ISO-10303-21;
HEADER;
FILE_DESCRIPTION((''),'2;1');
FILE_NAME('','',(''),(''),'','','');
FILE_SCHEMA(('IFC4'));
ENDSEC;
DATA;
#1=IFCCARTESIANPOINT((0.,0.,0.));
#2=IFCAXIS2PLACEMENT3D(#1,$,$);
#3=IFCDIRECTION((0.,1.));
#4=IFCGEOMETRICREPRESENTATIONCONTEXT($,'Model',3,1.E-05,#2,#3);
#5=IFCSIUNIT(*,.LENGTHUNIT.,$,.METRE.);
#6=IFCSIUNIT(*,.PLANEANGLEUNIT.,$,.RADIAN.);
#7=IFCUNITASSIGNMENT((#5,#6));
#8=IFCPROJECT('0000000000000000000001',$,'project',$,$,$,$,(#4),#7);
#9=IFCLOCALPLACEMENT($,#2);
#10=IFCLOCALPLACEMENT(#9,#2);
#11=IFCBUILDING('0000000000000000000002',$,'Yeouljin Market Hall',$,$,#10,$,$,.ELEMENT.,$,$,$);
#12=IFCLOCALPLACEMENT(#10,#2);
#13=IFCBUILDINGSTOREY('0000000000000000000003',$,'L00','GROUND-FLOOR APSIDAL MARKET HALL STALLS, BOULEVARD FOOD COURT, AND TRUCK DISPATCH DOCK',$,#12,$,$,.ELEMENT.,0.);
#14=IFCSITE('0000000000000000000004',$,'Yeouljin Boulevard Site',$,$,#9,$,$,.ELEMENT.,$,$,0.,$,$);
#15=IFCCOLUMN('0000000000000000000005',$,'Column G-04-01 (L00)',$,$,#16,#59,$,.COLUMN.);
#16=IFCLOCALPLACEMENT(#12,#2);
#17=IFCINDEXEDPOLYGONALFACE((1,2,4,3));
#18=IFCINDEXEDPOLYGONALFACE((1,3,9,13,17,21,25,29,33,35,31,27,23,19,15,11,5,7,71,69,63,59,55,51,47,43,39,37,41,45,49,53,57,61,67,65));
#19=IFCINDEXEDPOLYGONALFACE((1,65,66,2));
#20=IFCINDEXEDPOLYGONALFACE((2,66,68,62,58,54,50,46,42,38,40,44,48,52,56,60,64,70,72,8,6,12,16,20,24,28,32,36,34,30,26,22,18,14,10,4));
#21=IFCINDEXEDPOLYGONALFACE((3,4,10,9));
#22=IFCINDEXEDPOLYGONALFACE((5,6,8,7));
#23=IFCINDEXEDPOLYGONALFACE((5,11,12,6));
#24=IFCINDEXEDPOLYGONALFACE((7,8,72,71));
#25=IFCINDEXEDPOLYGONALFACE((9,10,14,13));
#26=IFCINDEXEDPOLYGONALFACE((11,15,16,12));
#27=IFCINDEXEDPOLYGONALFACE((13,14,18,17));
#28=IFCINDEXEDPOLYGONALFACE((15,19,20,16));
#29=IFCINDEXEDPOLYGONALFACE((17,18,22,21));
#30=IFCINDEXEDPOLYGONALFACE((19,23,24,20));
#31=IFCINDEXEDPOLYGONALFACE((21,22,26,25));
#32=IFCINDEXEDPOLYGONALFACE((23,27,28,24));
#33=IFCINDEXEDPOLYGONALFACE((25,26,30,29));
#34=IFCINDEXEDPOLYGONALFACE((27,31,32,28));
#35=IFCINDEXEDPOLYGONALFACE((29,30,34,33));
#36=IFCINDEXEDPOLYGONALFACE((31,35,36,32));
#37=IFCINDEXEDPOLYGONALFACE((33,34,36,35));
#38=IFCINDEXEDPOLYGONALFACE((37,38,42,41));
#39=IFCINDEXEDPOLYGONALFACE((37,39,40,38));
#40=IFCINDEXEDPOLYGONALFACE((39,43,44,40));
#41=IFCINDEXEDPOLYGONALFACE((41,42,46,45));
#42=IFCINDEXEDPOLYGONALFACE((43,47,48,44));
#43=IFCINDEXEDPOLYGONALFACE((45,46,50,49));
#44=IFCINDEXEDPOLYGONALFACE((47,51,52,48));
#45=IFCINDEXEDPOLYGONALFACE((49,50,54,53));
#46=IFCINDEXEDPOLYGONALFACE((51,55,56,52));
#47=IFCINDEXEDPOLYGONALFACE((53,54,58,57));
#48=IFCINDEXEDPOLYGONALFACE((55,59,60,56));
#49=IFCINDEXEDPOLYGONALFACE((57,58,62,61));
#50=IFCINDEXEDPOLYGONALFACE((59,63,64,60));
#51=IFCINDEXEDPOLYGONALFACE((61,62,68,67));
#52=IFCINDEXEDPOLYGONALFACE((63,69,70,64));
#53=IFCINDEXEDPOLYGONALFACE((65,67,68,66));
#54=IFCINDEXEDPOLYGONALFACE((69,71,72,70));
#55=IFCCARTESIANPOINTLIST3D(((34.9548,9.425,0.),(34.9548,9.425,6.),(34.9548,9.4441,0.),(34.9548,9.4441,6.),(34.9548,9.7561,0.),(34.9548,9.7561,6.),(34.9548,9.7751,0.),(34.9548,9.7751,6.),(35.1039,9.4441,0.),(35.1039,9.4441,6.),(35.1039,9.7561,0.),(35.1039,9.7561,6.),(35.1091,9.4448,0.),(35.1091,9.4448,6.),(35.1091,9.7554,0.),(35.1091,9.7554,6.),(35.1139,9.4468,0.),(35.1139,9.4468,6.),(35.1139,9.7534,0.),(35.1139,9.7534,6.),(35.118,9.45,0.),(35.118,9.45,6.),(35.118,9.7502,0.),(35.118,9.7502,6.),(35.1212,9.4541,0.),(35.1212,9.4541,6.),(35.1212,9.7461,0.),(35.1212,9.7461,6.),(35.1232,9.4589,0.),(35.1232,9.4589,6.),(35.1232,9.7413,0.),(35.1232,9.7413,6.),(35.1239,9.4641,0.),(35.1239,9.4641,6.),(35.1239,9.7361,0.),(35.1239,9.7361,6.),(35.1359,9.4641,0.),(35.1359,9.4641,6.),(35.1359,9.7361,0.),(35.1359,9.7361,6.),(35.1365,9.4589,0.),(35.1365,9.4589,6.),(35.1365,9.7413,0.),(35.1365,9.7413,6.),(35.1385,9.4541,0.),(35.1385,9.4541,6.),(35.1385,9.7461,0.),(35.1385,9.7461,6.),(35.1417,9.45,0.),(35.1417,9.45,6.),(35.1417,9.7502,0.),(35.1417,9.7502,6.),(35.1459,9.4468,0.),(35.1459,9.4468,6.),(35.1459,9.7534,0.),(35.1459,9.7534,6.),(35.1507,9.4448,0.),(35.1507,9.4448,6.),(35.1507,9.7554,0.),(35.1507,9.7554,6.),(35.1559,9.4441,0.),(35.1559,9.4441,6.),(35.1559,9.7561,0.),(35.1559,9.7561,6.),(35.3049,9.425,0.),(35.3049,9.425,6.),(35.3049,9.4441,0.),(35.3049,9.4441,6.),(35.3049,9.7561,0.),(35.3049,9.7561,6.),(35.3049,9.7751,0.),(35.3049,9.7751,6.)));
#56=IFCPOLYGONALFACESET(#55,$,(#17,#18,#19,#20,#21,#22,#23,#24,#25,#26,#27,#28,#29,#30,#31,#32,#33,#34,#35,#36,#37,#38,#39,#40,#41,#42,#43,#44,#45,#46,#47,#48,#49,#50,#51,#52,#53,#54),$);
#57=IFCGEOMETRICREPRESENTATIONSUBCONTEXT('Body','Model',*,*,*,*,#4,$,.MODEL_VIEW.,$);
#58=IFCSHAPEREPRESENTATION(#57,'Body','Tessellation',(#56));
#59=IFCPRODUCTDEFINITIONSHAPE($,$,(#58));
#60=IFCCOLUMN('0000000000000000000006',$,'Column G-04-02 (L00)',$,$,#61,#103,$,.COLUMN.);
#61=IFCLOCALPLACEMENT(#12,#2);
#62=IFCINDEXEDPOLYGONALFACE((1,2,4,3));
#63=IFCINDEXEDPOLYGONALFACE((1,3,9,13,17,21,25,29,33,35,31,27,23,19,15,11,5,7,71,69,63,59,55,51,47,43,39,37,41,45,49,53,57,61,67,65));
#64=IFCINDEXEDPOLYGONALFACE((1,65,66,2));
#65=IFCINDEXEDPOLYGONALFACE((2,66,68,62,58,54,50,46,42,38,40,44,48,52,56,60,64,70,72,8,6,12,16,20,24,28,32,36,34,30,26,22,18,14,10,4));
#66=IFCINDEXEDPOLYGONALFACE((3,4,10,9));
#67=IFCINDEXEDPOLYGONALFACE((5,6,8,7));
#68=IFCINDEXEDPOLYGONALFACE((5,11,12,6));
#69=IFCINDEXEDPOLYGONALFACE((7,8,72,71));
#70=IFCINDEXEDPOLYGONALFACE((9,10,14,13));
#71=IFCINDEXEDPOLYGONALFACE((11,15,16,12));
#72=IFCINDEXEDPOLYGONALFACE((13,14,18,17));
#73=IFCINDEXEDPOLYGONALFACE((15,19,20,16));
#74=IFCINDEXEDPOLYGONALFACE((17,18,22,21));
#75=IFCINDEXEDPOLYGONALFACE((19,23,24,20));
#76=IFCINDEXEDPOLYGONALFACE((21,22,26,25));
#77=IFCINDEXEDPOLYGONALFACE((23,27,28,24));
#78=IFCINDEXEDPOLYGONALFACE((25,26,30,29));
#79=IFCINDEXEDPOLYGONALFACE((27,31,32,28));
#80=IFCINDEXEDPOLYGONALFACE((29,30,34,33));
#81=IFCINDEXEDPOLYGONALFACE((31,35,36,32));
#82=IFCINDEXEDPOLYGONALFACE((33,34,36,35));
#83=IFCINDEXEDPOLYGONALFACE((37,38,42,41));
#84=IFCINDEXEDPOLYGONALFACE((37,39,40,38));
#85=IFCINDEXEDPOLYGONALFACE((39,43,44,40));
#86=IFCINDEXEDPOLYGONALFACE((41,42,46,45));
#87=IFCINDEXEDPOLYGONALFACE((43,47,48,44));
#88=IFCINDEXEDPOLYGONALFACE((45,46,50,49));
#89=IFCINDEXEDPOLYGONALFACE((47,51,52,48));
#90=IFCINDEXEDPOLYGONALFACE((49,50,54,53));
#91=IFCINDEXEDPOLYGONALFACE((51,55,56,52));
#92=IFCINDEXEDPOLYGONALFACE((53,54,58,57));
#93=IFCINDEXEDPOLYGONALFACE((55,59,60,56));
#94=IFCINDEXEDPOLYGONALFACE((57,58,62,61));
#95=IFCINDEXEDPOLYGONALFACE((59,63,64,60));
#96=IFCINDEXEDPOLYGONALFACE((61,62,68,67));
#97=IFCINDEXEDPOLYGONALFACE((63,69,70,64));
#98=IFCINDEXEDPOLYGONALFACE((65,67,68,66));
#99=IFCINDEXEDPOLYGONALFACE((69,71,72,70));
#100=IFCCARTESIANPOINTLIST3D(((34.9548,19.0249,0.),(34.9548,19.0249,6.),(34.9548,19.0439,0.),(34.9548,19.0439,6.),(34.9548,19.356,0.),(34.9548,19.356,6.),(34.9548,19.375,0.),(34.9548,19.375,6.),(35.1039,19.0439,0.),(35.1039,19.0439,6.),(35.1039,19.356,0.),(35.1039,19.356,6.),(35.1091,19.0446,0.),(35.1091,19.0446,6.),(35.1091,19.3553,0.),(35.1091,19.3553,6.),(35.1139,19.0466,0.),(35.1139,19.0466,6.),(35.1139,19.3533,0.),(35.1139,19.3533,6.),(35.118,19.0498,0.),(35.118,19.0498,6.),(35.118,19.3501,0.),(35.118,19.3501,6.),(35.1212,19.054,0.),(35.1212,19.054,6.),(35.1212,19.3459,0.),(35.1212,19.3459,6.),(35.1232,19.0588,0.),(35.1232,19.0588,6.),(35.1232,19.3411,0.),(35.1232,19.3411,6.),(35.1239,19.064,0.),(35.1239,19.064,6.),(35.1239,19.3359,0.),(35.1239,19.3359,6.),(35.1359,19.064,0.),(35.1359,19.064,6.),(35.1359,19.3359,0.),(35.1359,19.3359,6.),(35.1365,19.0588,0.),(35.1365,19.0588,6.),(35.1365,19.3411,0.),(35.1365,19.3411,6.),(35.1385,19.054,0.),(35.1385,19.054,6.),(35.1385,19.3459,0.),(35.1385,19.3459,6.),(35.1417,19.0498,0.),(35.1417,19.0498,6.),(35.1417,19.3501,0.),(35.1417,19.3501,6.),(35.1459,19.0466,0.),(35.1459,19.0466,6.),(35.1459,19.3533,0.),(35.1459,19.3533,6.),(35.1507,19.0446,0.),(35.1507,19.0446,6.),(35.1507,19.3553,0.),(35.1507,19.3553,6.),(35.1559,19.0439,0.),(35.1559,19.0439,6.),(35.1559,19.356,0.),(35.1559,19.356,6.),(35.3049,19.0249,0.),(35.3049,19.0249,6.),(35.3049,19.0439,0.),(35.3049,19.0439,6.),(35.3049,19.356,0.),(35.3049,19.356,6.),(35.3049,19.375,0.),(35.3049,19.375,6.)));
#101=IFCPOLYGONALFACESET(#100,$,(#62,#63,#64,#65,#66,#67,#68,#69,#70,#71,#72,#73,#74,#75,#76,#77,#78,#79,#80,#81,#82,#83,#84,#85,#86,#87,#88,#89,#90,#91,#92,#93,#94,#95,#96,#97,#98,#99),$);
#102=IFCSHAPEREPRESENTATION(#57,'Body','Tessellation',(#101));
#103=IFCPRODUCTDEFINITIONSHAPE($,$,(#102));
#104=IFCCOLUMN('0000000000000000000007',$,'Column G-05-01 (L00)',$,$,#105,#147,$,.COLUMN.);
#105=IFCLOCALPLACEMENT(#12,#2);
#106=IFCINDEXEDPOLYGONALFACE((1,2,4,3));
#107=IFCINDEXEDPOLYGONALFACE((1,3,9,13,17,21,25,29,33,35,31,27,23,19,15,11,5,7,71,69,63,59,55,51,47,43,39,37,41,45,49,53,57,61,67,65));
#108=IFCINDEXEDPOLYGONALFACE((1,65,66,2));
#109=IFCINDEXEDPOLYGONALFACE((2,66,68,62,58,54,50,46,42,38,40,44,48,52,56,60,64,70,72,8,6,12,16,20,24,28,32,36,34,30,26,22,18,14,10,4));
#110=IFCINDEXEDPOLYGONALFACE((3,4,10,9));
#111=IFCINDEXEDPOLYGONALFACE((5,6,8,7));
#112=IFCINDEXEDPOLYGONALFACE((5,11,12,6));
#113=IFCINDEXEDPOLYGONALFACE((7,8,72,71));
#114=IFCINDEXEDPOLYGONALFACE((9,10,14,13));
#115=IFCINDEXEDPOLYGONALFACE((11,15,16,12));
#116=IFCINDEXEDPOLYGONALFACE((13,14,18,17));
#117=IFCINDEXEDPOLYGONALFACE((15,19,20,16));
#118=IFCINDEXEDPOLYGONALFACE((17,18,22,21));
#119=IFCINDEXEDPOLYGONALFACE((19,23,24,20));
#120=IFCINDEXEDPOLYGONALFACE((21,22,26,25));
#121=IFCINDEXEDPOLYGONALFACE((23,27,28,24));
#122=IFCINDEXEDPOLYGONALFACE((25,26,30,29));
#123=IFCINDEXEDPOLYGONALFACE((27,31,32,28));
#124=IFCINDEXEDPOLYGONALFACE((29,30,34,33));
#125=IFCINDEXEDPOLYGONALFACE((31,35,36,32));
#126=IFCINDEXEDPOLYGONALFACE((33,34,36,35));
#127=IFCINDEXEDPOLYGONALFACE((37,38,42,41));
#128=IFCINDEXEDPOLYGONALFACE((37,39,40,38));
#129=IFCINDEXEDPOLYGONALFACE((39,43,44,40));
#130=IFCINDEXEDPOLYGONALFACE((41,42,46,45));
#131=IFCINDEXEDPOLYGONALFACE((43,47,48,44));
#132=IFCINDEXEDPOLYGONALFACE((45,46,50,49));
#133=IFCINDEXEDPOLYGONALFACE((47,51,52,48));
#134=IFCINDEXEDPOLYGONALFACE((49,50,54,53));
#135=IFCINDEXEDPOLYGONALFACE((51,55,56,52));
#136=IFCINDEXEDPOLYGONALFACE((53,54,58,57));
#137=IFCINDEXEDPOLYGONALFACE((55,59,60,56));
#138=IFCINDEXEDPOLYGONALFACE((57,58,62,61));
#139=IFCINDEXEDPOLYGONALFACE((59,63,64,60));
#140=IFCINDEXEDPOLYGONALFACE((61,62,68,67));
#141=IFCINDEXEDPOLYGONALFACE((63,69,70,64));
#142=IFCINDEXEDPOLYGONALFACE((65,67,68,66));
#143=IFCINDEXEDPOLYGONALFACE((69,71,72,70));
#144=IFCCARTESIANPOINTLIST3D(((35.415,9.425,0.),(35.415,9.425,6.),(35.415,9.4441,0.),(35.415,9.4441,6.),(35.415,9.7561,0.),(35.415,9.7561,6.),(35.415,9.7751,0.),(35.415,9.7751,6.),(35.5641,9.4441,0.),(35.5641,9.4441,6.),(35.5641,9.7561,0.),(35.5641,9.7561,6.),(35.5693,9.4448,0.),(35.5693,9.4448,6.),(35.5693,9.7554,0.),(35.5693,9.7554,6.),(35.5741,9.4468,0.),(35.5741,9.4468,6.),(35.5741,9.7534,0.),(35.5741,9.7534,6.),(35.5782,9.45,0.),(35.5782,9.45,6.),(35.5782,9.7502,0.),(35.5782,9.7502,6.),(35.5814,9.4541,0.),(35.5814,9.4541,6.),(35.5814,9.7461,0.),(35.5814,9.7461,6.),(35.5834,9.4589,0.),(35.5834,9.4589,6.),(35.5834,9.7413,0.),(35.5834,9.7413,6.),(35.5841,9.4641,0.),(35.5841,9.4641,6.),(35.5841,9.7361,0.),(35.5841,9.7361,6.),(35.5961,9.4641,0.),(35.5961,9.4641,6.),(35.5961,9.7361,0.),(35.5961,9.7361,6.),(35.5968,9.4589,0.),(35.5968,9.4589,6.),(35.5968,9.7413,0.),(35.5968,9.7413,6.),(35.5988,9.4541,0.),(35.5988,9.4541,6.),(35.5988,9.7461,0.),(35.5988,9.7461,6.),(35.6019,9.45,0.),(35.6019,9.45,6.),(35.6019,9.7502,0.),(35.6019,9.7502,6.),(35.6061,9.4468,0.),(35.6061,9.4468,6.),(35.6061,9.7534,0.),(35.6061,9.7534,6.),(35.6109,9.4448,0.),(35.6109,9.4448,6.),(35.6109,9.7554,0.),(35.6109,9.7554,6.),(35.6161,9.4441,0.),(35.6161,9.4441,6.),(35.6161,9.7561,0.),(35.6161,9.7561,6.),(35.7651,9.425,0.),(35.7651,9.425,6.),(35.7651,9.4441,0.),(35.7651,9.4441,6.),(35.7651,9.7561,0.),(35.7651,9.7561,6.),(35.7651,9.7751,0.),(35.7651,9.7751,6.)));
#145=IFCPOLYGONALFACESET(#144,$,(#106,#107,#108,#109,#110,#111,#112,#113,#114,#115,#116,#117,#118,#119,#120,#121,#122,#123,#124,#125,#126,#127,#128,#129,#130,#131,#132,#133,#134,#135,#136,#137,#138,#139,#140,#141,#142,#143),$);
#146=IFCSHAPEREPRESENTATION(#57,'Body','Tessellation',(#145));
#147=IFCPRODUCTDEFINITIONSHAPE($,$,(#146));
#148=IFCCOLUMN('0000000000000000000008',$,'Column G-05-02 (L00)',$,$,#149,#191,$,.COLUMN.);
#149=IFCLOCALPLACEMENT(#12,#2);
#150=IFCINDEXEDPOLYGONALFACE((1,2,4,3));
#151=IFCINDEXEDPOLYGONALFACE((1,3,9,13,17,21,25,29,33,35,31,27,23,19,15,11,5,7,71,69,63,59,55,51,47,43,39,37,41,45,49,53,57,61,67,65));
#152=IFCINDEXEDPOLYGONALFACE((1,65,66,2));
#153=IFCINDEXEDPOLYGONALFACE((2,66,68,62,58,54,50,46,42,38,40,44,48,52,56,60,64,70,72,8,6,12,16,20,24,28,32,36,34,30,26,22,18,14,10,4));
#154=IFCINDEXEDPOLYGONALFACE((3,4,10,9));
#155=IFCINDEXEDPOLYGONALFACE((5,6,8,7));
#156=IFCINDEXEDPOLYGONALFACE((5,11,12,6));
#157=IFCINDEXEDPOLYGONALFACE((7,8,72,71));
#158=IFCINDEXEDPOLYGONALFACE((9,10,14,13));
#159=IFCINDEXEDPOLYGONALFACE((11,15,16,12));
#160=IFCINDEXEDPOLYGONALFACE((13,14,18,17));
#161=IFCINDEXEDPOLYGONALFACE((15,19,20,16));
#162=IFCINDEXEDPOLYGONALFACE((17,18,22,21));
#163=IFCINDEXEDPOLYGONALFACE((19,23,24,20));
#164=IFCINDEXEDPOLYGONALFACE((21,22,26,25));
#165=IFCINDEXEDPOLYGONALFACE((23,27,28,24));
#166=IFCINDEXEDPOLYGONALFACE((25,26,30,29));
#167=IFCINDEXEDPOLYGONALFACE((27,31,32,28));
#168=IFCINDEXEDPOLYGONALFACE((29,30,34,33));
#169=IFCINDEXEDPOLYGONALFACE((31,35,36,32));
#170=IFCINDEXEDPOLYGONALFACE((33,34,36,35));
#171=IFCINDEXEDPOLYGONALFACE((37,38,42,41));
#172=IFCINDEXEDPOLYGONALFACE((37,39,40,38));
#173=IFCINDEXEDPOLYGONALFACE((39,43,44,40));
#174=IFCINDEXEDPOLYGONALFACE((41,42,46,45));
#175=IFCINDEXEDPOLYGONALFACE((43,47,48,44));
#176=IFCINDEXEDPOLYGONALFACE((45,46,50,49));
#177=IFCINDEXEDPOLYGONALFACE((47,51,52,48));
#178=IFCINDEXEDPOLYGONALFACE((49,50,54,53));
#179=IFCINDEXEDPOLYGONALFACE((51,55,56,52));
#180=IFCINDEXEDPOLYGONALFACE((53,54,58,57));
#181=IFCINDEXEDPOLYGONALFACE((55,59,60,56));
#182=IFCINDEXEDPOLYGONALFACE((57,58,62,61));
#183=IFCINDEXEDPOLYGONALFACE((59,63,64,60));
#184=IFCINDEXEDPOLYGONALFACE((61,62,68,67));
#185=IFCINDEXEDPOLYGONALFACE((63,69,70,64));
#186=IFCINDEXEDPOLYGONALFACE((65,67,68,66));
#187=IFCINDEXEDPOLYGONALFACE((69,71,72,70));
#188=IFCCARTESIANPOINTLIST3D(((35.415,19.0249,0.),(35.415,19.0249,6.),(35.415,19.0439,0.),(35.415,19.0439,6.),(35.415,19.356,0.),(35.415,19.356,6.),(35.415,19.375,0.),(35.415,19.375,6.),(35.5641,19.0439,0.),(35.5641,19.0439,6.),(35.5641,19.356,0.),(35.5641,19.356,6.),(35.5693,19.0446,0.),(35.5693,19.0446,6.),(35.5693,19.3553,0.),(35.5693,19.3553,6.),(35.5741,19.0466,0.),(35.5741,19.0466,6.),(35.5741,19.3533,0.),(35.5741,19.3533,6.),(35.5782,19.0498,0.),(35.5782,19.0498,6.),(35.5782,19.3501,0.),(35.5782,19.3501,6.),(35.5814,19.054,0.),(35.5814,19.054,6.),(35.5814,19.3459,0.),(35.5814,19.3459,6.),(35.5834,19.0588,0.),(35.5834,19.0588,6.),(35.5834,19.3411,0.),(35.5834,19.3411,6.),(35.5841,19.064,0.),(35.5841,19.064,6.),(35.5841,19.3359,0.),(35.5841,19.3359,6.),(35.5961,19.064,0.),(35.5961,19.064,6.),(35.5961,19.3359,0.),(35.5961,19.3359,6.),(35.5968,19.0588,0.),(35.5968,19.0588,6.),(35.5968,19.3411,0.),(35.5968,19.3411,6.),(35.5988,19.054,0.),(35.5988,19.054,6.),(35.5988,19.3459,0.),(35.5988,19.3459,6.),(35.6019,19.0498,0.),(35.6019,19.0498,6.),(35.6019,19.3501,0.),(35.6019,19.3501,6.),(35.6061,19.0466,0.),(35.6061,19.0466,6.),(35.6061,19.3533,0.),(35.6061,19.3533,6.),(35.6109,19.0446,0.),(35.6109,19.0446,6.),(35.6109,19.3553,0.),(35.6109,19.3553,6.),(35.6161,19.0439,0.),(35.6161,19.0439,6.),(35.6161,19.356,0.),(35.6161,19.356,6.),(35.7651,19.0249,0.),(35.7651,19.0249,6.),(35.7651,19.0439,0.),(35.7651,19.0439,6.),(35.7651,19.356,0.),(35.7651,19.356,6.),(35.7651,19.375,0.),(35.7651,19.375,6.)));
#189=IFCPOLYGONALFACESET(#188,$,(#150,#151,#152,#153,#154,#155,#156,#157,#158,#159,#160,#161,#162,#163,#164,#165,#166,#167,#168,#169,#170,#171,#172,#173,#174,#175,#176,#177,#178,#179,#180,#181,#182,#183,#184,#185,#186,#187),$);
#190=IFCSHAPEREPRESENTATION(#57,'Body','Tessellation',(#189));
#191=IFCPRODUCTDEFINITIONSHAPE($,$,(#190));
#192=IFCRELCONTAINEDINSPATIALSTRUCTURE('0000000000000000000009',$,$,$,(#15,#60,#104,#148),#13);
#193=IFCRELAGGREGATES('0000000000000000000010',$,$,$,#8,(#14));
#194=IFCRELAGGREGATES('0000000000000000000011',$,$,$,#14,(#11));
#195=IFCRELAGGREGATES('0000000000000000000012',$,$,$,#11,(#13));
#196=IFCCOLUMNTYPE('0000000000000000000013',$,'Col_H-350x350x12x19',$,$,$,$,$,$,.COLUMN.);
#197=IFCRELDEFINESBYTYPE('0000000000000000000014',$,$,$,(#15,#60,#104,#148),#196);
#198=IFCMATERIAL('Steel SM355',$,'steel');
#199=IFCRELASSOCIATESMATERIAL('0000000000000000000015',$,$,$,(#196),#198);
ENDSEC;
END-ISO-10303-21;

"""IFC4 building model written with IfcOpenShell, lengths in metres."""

from ifc_helpers import new_model, si_unit, direction, frame, origin, origin_2d, place, context, subcontext, project, spatial, i_section, extrude, material, material_profile, profile_set, type_object, element, save


model = new_model("IFC4")

# Units and contexts
model_context = context("Model", 3, precision=1e-05, world=origin(), true_north=direction((0.0, 1.0)))
body_context = subcontext(model_context, "Body", "Model", "MODEL_VIEW")
ifc_project = project(units=[si_unit("LENGTHUNIT", "METRE"), si_unit("PLANEANGLEUNIT", "RADIAN")], contexts=[model_context])

# Site, building, storey
site_placement = place(None, origin())
site = spatial("IfcSite", under=ifc_project, at=site_placement, Name="Yeouljin Boulevard Site", CompositionType="ELEMENT", RefElevation=0.0)
building_placement = place(site_placement, origin())
building = spatial("IfcBuilding", under=site, at=building_placement, Name="Yeouljin Market Hall", CompositionType="ELEMENT")
storey_placement = place(building_placement, origin())
storey = spatial("IfcBuildingStorey", under=building, at=storey_placement, Name="L00", Description="GROUND-FLOOR APSIDAL MARKET HALL STALLS, BOULEVARD FOOD COURT, AND TRUCK DISPATCH DOCK", CompositionType="ELEMENT", Elevation=0.0)

# Columns
ifc_material_1 = material(Name="Steel SM355", Category="steel")
ifc_material_profile_1 = material_profile(ifc_material_1, i_section(OverallWidth=0.3501, OverallDepth=0.3501, WebThickness=0.012, FlangeThickness=0.019, FilletRadius=0.02, at=origin_2d()), Name="H-350x350x12x19")
ifc_profile_set_1 = profile_set([ifc_material_profile_1], Name="Steel SM355")
column_type_1 = type_object("IfcColumnType", Name="Col_H-350x350x12x19", PredefinedType="COLUMN", material=ifc_profile_set_1)
for number, where, z_axis, x_axis, name in (
    (1, (35.1299, 9.6001, 0.0), (0.0, 0.0, 1.0), (1.0, 0.0, 0.0), "Column G-04-01 (L00)"),
    (2, (35.1299, 19.2, 0.0), (0.0, 0.0, 1.0), (1.0, 0.0, 0.0), "Column G-04-02 (L00)"),
    (3, (35.5901, 9.6001, 0.0), (0.0, 0.0, 1.0), (1.0, 0.0, 0.0), "Column G-05-01 (L00)"),
    (4, (35.5901, 19.2, 0.0), (0.0, 0.0, 1.0), (1.0, 0.0, 0.0), "Column G-05-02 (L00)"),
):
    element("IfcColumn", number, at=place(storey_placement, frame(where, z_axis=z_axis, x_axis=x_axis)), inside=storey, type_object=column_type_1, Name=name, PredefinedType="COLUMN", context=body_context, shape_type="SweptSolid", body=[
        extrude(i_section(OverallWidth=0.3501, OverallDepth=0.3501, WebThickness=0.012, FlangeThickness=0.019, FilletRadius=0.02, at=origin_2d()), origin(), (0.0, 0.0, 1.0), 6.0),
    ])

save(model, "model.ifc")
